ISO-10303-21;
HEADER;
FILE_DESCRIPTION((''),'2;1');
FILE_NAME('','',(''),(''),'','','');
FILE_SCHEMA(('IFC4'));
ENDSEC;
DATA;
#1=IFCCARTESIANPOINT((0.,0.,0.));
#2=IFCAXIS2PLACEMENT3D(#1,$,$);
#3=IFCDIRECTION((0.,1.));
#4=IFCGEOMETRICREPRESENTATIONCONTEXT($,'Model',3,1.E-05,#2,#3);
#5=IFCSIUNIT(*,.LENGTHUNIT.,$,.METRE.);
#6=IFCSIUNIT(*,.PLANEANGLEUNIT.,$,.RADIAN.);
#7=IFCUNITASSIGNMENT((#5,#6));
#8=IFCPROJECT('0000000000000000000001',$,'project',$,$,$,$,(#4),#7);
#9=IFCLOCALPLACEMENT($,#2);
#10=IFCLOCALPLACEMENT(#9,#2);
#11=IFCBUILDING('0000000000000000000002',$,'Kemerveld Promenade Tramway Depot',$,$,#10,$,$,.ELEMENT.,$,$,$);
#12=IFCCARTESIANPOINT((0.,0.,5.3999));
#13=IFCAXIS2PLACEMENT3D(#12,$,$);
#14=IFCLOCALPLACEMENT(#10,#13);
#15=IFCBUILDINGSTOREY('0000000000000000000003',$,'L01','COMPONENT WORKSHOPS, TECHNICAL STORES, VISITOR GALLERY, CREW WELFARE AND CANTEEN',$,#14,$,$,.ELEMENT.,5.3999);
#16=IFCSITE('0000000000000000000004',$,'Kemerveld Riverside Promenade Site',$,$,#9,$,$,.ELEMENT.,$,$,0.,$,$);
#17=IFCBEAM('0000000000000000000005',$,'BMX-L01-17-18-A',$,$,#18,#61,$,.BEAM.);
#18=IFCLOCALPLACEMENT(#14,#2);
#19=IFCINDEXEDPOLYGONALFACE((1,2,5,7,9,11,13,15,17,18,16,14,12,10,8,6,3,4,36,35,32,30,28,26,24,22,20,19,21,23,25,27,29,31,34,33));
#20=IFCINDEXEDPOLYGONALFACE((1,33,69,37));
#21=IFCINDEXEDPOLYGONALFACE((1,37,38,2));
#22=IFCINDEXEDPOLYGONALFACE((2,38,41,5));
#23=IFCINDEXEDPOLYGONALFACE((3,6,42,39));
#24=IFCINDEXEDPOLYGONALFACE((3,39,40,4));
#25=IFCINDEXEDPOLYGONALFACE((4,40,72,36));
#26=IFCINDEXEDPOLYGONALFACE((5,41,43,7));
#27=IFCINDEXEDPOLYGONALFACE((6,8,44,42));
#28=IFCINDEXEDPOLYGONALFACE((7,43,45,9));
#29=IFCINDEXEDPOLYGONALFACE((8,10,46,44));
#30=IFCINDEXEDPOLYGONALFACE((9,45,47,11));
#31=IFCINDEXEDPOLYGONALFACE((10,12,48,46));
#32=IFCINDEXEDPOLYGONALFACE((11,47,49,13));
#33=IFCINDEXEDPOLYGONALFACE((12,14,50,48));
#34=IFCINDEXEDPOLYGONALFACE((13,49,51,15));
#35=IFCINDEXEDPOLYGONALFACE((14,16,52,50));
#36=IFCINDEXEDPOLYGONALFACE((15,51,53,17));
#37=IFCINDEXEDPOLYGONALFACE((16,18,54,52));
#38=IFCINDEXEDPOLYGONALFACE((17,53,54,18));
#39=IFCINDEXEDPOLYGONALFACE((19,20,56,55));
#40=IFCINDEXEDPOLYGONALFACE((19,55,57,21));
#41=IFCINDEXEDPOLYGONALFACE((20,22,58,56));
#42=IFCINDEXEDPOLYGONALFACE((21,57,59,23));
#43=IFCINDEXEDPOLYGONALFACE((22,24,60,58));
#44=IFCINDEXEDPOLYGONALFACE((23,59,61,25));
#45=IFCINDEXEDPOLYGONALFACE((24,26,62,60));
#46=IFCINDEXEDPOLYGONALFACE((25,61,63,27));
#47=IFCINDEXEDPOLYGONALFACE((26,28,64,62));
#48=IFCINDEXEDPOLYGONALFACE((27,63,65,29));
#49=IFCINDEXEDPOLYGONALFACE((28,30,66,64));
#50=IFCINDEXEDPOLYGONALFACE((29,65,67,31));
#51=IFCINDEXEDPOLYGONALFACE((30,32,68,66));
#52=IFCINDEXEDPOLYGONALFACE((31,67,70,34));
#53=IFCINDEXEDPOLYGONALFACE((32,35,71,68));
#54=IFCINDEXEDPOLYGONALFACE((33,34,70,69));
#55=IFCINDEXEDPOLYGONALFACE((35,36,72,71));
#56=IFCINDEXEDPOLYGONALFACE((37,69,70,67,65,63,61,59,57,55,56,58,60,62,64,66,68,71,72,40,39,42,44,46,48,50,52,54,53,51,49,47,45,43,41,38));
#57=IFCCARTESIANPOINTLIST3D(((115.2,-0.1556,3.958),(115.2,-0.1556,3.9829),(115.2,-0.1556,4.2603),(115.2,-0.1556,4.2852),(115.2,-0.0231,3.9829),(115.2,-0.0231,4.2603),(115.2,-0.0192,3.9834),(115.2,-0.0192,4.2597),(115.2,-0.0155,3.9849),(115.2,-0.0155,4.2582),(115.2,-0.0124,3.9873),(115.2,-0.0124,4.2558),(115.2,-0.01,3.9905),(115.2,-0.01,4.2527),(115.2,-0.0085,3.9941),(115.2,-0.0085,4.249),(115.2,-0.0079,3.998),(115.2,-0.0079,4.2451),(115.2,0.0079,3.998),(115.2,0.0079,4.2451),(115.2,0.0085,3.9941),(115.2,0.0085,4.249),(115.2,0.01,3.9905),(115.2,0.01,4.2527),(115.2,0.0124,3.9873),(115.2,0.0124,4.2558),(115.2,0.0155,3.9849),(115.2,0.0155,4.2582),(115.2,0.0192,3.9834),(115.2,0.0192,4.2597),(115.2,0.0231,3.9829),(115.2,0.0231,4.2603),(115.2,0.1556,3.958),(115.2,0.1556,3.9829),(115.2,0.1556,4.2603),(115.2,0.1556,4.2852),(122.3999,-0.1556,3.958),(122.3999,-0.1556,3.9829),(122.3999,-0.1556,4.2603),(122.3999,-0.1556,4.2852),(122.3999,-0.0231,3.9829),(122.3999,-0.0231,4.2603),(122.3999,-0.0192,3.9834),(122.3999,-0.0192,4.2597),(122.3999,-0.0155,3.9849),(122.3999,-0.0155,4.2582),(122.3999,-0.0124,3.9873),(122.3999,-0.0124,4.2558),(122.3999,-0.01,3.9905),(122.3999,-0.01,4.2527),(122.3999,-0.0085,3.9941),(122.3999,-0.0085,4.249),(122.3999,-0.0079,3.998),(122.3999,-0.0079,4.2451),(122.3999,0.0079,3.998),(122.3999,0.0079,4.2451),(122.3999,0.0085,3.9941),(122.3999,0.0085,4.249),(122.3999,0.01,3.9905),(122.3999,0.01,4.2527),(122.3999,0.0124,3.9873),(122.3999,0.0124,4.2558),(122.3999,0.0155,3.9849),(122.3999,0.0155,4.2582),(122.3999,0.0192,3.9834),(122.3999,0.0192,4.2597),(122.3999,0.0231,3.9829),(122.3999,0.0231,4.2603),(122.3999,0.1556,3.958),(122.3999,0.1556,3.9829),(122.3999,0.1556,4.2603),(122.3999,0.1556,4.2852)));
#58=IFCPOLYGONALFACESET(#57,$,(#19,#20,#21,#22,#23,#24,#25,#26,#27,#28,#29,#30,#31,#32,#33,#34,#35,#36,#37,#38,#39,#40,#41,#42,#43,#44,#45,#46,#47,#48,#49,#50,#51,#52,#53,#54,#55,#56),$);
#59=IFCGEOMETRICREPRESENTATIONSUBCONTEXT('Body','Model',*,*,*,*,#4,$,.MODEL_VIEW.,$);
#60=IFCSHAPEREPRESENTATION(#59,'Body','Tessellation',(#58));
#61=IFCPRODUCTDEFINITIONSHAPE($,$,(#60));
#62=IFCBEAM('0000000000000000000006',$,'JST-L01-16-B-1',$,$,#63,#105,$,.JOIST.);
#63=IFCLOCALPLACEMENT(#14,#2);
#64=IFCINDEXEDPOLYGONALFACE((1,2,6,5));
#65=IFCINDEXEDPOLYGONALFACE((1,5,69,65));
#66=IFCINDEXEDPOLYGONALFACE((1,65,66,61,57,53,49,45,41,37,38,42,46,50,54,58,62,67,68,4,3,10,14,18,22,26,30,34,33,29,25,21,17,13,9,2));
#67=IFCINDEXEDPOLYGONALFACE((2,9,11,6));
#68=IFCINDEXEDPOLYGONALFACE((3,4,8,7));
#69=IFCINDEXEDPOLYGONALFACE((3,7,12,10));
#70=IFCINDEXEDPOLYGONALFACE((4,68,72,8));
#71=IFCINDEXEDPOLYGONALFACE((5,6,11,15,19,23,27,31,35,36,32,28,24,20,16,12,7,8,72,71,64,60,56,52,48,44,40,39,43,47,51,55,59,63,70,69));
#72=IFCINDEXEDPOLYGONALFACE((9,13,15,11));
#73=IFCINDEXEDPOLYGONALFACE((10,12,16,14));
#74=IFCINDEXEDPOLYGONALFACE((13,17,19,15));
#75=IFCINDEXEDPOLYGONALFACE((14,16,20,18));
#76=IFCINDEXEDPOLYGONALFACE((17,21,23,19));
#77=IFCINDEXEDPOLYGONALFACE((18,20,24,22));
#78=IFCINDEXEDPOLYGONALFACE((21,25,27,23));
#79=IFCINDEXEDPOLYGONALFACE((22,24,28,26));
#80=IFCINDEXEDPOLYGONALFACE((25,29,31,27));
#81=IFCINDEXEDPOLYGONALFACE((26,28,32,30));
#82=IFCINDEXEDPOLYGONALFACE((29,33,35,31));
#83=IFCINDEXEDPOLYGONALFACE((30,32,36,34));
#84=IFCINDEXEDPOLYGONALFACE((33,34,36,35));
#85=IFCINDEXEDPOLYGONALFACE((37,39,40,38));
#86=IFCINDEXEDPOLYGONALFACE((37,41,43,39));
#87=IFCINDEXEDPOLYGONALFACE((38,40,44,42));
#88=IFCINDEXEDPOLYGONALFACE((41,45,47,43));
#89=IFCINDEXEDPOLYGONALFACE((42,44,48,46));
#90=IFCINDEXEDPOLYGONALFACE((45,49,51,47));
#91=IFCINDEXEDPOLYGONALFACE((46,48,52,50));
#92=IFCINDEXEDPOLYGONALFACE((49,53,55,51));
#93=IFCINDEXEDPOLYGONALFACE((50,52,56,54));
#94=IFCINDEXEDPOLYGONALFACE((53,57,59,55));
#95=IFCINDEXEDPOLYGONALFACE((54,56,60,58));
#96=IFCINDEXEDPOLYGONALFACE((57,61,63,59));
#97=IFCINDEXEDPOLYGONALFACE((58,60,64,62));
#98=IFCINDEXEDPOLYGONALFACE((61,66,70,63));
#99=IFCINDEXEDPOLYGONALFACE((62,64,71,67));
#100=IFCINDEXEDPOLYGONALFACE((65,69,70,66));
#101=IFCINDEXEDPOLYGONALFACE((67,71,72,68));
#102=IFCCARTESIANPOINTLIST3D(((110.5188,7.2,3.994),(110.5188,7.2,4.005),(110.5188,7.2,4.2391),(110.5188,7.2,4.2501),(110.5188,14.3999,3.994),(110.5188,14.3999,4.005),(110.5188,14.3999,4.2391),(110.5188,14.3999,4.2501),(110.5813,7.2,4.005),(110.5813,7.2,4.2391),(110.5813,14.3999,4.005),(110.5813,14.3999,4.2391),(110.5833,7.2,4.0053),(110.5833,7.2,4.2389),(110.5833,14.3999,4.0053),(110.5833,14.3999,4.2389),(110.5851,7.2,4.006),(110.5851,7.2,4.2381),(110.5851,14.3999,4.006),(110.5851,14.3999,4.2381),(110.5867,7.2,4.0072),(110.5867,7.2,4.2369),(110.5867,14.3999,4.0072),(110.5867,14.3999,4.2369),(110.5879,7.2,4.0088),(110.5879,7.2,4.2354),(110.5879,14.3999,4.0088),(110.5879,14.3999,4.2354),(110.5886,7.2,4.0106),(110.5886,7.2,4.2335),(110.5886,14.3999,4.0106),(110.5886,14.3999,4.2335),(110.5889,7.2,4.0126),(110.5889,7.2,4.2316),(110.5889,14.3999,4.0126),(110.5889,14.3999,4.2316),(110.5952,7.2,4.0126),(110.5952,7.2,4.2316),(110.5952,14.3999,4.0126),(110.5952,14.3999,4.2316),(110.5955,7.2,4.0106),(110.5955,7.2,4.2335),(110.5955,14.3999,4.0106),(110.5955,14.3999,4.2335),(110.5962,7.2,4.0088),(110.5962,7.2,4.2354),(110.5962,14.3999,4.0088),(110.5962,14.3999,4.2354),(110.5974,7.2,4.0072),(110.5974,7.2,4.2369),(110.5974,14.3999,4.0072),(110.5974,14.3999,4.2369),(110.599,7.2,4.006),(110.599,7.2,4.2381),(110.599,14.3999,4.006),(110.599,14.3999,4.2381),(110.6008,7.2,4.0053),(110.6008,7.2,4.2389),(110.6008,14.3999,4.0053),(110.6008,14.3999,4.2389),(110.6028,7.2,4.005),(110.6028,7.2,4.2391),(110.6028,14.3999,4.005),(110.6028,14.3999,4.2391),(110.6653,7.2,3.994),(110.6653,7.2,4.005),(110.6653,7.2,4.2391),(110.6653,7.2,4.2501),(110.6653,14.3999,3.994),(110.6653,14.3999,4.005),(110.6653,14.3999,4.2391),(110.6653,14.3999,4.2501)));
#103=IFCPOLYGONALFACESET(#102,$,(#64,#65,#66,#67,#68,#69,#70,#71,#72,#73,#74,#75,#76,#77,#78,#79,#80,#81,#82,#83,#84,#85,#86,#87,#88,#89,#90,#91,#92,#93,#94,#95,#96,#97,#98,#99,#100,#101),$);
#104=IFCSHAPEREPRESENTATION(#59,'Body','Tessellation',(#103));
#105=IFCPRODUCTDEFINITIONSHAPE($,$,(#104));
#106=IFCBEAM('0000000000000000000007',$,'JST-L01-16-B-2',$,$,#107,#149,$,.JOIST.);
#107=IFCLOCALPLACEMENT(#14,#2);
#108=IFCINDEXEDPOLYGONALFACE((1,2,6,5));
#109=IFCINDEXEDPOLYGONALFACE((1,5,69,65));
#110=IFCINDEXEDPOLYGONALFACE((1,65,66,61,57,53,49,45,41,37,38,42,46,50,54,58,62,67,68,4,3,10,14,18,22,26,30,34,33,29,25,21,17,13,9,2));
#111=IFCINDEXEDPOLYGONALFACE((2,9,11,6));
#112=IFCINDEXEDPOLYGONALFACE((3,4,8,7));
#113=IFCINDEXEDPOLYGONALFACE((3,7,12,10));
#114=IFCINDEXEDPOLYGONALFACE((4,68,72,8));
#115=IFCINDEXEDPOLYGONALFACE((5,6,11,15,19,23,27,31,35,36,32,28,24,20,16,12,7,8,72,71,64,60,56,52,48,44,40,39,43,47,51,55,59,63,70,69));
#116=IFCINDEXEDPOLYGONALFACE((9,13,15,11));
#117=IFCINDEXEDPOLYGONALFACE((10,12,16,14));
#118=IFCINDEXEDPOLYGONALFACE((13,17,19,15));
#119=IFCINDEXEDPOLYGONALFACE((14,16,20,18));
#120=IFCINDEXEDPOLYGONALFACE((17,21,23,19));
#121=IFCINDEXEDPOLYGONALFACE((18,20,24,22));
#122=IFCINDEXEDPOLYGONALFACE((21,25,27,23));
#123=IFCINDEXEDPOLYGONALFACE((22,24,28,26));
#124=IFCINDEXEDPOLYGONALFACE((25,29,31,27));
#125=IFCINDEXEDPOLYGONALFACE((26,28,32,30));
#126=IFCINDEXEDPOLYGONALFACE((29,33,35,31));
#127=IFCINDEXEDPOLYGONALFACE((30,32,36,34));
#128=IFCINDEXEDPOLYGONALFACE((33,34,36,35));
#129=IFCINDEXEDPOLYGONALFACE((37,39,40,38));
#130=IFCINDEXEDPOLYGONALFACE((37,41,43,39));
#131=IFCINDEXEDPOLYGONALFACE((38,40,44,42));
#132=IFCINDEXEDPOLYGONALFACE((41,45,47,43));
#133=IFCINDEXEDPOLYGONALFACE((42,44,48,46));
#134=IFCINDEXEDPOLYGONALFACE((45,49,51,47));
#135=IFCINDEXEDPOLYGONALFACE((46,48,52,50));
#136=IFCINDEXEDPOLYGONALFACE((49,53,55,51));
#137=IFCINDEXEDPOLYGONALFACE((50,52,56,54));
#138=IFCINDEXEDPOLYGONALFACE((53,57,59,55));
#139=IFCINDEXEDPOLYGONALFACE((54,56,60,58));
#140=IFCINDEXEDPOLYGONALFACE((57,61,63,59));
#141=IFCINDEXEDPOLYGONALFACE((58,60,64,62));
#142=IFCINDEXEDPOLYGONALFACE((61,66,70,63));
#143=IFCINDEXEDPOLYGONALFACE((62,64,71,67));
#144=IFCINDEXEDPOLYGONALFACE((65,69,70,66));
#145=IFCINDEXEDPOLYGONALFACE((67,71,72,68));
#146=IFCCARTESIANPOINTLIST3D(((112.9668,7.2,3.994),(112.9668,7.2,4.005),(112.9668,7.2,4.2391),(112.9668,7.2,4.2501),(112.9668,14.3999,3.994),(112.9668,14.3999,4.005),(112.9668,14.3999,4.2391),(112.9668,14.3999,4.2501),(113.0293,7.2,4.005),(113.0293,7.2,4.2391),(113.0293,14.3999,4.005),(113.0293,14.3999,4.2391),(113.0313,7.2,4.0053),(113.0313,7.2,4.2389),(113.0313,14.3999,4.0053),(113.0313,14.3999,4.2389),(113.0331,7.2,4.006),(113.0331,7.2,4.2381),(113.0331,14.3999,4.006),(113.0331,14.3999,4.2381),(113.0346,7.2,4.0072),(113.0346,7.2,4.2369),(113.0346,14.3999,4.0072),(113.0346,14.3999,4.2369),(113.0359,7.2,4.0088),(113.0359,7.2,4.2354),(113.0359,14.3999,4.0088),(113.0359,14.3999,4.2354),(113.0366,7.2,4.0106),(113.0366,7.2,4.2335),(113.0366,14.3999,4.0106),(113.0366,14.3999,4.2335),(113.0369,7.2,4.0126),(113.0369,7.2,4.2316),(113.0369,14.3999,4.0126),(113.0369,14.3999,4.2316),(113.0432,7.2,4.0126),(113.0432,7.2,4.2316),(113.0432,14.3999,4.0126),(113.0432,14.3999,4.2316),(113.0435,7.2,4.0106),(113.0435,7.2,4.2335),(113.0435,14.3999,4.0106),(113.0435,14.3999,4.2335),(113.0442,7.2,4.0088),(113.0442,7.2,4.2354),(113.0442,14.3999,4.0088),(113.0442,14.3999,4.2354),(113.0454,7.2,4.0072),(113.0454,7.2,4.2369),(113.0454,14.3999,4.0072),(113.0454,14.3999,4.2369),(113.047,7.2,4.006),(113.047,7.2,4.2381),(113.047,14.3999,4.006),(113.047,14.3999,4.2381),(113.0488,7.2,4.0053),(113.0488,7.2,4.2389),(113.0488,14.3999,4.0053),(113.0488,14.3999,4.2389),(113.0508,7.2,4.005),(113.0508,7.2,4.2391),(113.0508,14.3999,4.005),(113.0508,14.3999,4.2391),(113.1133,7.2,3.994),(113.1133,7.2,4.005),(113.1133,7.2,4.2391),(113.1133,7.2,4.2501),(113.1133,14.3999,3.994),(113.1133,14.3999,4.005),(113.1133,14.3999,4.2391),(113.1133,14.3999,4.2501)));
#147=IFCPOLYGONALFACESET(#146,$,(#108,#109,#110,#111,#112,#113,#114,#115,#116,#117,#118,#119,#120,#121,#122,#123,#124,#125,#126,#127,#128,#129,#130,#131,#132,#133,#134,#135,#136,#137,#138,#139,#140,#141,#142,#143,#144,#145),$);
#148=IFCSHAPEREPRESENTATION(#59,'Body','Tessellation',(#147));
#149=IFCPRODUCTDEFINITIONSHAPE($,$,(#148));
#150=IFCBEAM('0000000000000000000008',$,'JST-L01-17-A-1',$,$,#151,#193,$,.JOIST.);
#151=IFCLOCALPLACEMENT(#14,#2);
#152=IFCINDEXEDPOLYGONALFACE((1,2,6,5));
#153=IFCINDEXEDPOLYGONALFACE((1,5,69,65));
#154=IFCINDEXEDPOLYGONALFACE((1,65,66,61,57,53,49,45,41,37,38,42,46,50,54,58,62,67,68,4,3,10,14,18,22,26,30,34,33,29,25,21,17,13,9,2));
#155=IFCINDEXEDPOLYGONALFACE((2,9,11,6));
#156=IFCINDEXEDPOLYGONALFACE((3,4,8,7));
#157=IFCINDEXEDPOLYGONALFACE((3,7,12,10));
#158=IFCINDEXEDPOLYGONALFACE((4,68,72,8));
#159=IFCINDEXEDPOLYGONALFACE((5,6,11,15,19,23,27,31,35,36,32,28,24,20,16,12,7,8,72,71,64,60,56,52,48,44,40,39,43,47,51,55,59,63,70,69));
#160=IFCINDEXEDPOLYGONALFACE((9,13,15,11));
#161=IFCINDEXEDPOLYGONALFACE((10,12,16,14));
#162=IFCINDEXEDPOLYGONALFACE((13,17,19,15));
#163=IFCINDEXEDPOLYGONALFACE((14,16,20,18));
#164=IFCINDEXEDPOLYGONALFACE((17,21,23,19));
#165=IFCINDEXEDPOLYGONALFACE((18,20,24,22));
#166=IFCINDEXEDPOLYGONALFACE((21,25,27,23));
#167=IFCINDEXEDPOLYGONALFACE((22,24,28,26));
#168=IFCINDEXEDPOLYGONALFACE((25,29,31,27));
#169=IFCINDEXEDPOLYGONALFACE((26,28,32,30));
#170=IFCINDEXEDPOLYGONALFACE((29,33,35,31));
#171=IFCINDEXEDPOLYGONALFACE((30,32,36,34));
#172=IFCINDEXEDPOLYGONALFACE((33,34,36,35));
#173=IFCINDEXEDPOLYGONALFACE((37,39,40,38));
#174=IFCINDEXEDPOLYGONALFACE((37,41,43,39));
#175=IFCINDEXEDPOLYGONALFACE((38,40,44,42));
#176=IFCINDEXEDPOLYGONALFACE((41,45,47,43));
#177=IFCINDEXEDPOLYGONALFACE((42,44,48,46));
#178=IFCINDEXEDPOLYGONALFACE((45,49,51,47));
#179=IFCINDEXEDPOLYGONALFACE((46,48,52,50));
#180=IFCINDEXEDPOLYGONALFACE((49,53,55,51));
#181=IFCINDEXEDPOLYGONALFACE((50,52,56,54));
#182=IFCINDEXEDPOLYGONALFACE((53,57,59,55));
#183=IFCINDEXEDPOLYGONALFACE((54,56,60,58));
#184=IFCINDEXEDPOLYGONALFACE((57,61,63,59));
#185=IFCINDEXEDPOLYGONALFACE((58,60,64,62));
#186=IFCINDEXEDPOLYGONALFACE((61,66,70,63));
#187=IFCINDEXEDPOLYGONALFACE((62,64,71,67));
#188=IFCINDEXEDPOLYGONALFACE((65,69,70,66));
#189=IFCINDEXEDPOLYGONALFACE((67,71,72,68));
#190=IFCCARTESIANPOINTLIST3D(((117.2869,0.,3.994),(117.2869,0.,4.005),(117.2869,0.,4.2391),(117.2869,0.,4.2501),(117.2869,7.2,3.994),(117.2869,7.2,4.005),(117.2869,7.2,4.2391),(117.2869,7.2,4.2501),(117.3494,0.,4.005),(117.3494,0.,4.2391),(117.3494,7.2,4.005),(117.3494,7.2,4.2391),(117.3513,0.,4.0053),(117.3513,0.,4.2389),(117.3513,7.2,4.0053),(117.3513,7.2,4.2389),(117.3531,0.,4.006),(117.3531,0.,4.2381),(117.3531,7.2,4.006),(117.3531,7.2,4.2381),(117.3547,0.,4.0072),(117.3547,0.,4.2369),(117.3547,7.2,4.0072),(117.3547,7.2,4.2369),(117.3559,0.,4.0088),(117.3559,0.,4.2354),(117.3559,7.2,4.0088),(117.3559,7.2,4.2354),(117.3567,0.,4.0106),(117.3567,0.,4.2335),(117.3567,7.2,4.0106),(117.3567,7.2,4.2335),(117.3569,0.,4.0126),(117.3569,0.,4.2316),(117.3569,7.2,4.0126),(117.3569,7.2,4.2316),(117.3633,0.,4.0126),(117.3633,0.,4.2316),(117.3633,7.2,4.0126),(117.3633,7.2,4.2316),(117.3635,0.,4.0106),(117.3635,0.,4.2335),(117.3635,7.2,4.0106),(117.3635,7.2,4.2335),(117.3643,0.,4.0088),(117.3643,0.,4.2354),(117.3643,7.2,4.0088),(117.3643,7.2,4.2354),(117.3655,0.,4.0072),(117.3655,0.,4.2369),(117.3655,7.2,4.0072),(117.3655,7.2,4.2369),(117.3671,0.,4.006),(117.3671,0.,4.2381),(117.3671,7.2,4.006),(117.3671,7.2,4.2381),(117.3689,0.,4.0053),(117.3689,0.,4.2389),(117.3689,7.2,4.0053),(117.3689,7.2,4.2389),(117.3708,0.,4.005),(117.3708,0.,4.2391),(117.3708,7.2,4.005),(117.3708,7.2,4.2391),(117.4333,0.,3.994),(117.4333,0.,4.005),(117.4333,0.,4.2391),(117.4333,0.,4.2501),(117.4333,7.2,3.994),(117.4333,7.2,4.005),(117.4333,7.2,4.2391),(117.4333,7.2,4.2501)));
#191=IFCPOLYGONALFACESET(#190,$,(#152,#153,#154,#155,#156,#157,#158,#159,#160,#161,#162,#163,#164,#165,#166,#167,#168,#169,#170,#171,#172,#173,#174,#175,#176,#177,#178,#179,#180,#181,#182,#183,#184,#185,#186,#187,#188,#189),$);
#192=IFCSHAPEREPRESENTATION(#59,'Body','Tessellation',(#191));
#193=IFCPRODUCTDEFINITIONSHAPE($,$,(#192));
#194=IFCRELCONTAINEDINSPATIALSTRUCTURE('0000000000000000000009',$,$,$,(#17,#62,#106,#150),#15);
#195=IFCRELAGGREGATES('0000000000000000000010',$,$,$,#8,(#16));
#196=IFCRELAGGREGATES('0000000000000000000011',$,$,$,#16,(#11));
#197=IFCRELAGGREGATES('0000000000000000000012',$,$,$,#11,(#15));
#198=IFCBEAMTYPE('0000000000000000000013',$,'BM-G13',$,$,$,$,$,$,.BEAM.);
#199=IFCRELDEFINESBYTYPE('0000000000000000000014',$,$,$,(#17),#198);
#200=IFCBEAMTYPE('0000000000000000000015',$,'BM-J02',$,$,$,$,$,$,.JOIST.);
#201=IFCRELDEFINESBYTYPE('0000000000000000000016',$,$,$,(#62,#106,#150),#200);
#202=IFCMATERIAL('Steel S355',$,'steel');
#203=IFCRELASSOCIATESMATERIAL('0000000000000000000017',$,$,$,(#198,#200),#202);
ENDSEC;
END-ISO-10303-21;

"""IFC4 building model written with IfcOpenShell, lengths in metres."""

from ifc_helpers import new_model, si_unit, direction, frame, origin, origin_2d, place, context, subcontext, project, spatial, i_section, extrude, material, material_profile, profile_set, type_object, element, save


model = new_model("IFC4")

# Units and contexts
model_context = context("Model", 3, precision=1e-05, world=origin(), true_north=direction((0.0, 1.0)))
body_context = subcontext(model_context, "Body", "Model", "MODEL_VIEW")
ifc_project = project(units=[si_unit("LENGTHUNIT", "METRE"), si_unit("PLANEANGLEUNIT", "RADIAN")], contexts=[model_context])

# Site, building, storey
site_placement = place(None, origin())
site = spatial("IfcSite", under=ifc_project, at=site_placement, Name="Kemerveld Riverside Promenade Site", CompositionType="ELEMENT", RefElevation=0.0)
building_placement = place(site_placement, origin())
building = spatial("IfcBuilding", under=site, at=building_placement, Name="Kemerveld Promenade Tramway Depot", CompositionType="ELEMENT")
storey_placement = place(building_placement, frame((0.0, 0.0, 5.3999)))
storey = spatial("IfcBuildingStorey", under=building, at=storey_placement, Name="L01", Description="COMPONENT WORKSHOPS, TECHNICAL STORES, VISITOR GALLERY, CREW WELFARE AND CANTEEN", CompositionType="ELEMENT", Elevation=5.3999)

# Shared definitions
ifc_material_1 = material(Name="Steel S355", Category="steel")

# Beams
ifc_material_profile_1 = material_profile(ifc_material_1, i_section(OverallWidth=0.3113, OverallDepth=0.3271, WebThickness=0.0159, FlangeThickness=0.0249, FilletRadius=0.0151, at=origin_2d()), Name="305x305x158 UC")
ifc_profile_set_1 = profile_set([ifc_material_profile_1], Name="Steel S355")
beam_type_1 = type_object("IfcBeamType", Name="BM-G13", PredefinedType="BEAM", material=ifc_profile_set_1)
beam_1_placement = place(storey_placement, frame((115.2, 0.0, 4.1216), z_axis=(1.0, 0.0, 0.0), x_axis=(0.0, 1.0, 0.0)))
element("IfcBeam", 1, at=beam_1_placement, inside=storey, type_object=beam_type_1, Name="BMX-L01-17-18-A", PredefinedType="BEAM", context=body_context, shape_type="SweptSolid", body=[
    extrude(i_section(OverallWidth=0.3113, OverallDepth=0.3271, WebThickness=0.0159, FlangeThickness=0.0249, FilletRadius=0.0151, at=origin_2d()), origin(), (0.0, 0.0, 1.0), 7.2),
])
ifc_material_profile_2 = material_profile(ifc_material_1, i_section(OverallWidth=0.1465, OverallDepth=0.2561, WebThickness=0.0063, FlangeThickness=0.011, FilletRadius=0.0076, at=origin_2d()), Name="254x146x37 UB")
ifc_profile_set_2 = profile_set([ifc_material_profile_2], Name="Steel S355")
beam_type_2 = type_object("IfcBeamType", Name="BM-J02", PredefinedType="JOIST", material=ifc_profile_set_2)
for number, where, z_axis, x_axis, name in (
    (2, (110.592, 7.2, 4.1221), (0.0, 1.0, 0.0), (-1.0, 0.0, 0.0), "JST-L01-16-B-1"),
    (3, (113.04, 7.2, 4.1221), (0.0, 1.0, 0.0), (-1.0, 0.0, 0.0), "JST-L01-16-B-2"),
    (4, (117.3601, 0.0, 4.1221), (0.0, 1.0, 0.0), (-1.0, 0.0, 0.0), "JST-L01-17-A-1"),
):
    element("IfcBeam", number, at=place(storey_placement, frame(where, z_axis=z_axis, x_axis=x_axis)), inside=storey, type_object=beam_type_2, Name=name, PredefinedType="JOIST", context=body_context, shape_type="SweptSolid", body=[
        extrude(i_section(OverallWidth=0.1465, OverallDepth=0.2561, WebThickness=0.0063, FlangeThickness=0.011, FilletRadius=0.0076, at=origin_2d()), origin(), (0.0, 0.0, 1.0), 7.2),
    ])

save(model, "model.ifc")
